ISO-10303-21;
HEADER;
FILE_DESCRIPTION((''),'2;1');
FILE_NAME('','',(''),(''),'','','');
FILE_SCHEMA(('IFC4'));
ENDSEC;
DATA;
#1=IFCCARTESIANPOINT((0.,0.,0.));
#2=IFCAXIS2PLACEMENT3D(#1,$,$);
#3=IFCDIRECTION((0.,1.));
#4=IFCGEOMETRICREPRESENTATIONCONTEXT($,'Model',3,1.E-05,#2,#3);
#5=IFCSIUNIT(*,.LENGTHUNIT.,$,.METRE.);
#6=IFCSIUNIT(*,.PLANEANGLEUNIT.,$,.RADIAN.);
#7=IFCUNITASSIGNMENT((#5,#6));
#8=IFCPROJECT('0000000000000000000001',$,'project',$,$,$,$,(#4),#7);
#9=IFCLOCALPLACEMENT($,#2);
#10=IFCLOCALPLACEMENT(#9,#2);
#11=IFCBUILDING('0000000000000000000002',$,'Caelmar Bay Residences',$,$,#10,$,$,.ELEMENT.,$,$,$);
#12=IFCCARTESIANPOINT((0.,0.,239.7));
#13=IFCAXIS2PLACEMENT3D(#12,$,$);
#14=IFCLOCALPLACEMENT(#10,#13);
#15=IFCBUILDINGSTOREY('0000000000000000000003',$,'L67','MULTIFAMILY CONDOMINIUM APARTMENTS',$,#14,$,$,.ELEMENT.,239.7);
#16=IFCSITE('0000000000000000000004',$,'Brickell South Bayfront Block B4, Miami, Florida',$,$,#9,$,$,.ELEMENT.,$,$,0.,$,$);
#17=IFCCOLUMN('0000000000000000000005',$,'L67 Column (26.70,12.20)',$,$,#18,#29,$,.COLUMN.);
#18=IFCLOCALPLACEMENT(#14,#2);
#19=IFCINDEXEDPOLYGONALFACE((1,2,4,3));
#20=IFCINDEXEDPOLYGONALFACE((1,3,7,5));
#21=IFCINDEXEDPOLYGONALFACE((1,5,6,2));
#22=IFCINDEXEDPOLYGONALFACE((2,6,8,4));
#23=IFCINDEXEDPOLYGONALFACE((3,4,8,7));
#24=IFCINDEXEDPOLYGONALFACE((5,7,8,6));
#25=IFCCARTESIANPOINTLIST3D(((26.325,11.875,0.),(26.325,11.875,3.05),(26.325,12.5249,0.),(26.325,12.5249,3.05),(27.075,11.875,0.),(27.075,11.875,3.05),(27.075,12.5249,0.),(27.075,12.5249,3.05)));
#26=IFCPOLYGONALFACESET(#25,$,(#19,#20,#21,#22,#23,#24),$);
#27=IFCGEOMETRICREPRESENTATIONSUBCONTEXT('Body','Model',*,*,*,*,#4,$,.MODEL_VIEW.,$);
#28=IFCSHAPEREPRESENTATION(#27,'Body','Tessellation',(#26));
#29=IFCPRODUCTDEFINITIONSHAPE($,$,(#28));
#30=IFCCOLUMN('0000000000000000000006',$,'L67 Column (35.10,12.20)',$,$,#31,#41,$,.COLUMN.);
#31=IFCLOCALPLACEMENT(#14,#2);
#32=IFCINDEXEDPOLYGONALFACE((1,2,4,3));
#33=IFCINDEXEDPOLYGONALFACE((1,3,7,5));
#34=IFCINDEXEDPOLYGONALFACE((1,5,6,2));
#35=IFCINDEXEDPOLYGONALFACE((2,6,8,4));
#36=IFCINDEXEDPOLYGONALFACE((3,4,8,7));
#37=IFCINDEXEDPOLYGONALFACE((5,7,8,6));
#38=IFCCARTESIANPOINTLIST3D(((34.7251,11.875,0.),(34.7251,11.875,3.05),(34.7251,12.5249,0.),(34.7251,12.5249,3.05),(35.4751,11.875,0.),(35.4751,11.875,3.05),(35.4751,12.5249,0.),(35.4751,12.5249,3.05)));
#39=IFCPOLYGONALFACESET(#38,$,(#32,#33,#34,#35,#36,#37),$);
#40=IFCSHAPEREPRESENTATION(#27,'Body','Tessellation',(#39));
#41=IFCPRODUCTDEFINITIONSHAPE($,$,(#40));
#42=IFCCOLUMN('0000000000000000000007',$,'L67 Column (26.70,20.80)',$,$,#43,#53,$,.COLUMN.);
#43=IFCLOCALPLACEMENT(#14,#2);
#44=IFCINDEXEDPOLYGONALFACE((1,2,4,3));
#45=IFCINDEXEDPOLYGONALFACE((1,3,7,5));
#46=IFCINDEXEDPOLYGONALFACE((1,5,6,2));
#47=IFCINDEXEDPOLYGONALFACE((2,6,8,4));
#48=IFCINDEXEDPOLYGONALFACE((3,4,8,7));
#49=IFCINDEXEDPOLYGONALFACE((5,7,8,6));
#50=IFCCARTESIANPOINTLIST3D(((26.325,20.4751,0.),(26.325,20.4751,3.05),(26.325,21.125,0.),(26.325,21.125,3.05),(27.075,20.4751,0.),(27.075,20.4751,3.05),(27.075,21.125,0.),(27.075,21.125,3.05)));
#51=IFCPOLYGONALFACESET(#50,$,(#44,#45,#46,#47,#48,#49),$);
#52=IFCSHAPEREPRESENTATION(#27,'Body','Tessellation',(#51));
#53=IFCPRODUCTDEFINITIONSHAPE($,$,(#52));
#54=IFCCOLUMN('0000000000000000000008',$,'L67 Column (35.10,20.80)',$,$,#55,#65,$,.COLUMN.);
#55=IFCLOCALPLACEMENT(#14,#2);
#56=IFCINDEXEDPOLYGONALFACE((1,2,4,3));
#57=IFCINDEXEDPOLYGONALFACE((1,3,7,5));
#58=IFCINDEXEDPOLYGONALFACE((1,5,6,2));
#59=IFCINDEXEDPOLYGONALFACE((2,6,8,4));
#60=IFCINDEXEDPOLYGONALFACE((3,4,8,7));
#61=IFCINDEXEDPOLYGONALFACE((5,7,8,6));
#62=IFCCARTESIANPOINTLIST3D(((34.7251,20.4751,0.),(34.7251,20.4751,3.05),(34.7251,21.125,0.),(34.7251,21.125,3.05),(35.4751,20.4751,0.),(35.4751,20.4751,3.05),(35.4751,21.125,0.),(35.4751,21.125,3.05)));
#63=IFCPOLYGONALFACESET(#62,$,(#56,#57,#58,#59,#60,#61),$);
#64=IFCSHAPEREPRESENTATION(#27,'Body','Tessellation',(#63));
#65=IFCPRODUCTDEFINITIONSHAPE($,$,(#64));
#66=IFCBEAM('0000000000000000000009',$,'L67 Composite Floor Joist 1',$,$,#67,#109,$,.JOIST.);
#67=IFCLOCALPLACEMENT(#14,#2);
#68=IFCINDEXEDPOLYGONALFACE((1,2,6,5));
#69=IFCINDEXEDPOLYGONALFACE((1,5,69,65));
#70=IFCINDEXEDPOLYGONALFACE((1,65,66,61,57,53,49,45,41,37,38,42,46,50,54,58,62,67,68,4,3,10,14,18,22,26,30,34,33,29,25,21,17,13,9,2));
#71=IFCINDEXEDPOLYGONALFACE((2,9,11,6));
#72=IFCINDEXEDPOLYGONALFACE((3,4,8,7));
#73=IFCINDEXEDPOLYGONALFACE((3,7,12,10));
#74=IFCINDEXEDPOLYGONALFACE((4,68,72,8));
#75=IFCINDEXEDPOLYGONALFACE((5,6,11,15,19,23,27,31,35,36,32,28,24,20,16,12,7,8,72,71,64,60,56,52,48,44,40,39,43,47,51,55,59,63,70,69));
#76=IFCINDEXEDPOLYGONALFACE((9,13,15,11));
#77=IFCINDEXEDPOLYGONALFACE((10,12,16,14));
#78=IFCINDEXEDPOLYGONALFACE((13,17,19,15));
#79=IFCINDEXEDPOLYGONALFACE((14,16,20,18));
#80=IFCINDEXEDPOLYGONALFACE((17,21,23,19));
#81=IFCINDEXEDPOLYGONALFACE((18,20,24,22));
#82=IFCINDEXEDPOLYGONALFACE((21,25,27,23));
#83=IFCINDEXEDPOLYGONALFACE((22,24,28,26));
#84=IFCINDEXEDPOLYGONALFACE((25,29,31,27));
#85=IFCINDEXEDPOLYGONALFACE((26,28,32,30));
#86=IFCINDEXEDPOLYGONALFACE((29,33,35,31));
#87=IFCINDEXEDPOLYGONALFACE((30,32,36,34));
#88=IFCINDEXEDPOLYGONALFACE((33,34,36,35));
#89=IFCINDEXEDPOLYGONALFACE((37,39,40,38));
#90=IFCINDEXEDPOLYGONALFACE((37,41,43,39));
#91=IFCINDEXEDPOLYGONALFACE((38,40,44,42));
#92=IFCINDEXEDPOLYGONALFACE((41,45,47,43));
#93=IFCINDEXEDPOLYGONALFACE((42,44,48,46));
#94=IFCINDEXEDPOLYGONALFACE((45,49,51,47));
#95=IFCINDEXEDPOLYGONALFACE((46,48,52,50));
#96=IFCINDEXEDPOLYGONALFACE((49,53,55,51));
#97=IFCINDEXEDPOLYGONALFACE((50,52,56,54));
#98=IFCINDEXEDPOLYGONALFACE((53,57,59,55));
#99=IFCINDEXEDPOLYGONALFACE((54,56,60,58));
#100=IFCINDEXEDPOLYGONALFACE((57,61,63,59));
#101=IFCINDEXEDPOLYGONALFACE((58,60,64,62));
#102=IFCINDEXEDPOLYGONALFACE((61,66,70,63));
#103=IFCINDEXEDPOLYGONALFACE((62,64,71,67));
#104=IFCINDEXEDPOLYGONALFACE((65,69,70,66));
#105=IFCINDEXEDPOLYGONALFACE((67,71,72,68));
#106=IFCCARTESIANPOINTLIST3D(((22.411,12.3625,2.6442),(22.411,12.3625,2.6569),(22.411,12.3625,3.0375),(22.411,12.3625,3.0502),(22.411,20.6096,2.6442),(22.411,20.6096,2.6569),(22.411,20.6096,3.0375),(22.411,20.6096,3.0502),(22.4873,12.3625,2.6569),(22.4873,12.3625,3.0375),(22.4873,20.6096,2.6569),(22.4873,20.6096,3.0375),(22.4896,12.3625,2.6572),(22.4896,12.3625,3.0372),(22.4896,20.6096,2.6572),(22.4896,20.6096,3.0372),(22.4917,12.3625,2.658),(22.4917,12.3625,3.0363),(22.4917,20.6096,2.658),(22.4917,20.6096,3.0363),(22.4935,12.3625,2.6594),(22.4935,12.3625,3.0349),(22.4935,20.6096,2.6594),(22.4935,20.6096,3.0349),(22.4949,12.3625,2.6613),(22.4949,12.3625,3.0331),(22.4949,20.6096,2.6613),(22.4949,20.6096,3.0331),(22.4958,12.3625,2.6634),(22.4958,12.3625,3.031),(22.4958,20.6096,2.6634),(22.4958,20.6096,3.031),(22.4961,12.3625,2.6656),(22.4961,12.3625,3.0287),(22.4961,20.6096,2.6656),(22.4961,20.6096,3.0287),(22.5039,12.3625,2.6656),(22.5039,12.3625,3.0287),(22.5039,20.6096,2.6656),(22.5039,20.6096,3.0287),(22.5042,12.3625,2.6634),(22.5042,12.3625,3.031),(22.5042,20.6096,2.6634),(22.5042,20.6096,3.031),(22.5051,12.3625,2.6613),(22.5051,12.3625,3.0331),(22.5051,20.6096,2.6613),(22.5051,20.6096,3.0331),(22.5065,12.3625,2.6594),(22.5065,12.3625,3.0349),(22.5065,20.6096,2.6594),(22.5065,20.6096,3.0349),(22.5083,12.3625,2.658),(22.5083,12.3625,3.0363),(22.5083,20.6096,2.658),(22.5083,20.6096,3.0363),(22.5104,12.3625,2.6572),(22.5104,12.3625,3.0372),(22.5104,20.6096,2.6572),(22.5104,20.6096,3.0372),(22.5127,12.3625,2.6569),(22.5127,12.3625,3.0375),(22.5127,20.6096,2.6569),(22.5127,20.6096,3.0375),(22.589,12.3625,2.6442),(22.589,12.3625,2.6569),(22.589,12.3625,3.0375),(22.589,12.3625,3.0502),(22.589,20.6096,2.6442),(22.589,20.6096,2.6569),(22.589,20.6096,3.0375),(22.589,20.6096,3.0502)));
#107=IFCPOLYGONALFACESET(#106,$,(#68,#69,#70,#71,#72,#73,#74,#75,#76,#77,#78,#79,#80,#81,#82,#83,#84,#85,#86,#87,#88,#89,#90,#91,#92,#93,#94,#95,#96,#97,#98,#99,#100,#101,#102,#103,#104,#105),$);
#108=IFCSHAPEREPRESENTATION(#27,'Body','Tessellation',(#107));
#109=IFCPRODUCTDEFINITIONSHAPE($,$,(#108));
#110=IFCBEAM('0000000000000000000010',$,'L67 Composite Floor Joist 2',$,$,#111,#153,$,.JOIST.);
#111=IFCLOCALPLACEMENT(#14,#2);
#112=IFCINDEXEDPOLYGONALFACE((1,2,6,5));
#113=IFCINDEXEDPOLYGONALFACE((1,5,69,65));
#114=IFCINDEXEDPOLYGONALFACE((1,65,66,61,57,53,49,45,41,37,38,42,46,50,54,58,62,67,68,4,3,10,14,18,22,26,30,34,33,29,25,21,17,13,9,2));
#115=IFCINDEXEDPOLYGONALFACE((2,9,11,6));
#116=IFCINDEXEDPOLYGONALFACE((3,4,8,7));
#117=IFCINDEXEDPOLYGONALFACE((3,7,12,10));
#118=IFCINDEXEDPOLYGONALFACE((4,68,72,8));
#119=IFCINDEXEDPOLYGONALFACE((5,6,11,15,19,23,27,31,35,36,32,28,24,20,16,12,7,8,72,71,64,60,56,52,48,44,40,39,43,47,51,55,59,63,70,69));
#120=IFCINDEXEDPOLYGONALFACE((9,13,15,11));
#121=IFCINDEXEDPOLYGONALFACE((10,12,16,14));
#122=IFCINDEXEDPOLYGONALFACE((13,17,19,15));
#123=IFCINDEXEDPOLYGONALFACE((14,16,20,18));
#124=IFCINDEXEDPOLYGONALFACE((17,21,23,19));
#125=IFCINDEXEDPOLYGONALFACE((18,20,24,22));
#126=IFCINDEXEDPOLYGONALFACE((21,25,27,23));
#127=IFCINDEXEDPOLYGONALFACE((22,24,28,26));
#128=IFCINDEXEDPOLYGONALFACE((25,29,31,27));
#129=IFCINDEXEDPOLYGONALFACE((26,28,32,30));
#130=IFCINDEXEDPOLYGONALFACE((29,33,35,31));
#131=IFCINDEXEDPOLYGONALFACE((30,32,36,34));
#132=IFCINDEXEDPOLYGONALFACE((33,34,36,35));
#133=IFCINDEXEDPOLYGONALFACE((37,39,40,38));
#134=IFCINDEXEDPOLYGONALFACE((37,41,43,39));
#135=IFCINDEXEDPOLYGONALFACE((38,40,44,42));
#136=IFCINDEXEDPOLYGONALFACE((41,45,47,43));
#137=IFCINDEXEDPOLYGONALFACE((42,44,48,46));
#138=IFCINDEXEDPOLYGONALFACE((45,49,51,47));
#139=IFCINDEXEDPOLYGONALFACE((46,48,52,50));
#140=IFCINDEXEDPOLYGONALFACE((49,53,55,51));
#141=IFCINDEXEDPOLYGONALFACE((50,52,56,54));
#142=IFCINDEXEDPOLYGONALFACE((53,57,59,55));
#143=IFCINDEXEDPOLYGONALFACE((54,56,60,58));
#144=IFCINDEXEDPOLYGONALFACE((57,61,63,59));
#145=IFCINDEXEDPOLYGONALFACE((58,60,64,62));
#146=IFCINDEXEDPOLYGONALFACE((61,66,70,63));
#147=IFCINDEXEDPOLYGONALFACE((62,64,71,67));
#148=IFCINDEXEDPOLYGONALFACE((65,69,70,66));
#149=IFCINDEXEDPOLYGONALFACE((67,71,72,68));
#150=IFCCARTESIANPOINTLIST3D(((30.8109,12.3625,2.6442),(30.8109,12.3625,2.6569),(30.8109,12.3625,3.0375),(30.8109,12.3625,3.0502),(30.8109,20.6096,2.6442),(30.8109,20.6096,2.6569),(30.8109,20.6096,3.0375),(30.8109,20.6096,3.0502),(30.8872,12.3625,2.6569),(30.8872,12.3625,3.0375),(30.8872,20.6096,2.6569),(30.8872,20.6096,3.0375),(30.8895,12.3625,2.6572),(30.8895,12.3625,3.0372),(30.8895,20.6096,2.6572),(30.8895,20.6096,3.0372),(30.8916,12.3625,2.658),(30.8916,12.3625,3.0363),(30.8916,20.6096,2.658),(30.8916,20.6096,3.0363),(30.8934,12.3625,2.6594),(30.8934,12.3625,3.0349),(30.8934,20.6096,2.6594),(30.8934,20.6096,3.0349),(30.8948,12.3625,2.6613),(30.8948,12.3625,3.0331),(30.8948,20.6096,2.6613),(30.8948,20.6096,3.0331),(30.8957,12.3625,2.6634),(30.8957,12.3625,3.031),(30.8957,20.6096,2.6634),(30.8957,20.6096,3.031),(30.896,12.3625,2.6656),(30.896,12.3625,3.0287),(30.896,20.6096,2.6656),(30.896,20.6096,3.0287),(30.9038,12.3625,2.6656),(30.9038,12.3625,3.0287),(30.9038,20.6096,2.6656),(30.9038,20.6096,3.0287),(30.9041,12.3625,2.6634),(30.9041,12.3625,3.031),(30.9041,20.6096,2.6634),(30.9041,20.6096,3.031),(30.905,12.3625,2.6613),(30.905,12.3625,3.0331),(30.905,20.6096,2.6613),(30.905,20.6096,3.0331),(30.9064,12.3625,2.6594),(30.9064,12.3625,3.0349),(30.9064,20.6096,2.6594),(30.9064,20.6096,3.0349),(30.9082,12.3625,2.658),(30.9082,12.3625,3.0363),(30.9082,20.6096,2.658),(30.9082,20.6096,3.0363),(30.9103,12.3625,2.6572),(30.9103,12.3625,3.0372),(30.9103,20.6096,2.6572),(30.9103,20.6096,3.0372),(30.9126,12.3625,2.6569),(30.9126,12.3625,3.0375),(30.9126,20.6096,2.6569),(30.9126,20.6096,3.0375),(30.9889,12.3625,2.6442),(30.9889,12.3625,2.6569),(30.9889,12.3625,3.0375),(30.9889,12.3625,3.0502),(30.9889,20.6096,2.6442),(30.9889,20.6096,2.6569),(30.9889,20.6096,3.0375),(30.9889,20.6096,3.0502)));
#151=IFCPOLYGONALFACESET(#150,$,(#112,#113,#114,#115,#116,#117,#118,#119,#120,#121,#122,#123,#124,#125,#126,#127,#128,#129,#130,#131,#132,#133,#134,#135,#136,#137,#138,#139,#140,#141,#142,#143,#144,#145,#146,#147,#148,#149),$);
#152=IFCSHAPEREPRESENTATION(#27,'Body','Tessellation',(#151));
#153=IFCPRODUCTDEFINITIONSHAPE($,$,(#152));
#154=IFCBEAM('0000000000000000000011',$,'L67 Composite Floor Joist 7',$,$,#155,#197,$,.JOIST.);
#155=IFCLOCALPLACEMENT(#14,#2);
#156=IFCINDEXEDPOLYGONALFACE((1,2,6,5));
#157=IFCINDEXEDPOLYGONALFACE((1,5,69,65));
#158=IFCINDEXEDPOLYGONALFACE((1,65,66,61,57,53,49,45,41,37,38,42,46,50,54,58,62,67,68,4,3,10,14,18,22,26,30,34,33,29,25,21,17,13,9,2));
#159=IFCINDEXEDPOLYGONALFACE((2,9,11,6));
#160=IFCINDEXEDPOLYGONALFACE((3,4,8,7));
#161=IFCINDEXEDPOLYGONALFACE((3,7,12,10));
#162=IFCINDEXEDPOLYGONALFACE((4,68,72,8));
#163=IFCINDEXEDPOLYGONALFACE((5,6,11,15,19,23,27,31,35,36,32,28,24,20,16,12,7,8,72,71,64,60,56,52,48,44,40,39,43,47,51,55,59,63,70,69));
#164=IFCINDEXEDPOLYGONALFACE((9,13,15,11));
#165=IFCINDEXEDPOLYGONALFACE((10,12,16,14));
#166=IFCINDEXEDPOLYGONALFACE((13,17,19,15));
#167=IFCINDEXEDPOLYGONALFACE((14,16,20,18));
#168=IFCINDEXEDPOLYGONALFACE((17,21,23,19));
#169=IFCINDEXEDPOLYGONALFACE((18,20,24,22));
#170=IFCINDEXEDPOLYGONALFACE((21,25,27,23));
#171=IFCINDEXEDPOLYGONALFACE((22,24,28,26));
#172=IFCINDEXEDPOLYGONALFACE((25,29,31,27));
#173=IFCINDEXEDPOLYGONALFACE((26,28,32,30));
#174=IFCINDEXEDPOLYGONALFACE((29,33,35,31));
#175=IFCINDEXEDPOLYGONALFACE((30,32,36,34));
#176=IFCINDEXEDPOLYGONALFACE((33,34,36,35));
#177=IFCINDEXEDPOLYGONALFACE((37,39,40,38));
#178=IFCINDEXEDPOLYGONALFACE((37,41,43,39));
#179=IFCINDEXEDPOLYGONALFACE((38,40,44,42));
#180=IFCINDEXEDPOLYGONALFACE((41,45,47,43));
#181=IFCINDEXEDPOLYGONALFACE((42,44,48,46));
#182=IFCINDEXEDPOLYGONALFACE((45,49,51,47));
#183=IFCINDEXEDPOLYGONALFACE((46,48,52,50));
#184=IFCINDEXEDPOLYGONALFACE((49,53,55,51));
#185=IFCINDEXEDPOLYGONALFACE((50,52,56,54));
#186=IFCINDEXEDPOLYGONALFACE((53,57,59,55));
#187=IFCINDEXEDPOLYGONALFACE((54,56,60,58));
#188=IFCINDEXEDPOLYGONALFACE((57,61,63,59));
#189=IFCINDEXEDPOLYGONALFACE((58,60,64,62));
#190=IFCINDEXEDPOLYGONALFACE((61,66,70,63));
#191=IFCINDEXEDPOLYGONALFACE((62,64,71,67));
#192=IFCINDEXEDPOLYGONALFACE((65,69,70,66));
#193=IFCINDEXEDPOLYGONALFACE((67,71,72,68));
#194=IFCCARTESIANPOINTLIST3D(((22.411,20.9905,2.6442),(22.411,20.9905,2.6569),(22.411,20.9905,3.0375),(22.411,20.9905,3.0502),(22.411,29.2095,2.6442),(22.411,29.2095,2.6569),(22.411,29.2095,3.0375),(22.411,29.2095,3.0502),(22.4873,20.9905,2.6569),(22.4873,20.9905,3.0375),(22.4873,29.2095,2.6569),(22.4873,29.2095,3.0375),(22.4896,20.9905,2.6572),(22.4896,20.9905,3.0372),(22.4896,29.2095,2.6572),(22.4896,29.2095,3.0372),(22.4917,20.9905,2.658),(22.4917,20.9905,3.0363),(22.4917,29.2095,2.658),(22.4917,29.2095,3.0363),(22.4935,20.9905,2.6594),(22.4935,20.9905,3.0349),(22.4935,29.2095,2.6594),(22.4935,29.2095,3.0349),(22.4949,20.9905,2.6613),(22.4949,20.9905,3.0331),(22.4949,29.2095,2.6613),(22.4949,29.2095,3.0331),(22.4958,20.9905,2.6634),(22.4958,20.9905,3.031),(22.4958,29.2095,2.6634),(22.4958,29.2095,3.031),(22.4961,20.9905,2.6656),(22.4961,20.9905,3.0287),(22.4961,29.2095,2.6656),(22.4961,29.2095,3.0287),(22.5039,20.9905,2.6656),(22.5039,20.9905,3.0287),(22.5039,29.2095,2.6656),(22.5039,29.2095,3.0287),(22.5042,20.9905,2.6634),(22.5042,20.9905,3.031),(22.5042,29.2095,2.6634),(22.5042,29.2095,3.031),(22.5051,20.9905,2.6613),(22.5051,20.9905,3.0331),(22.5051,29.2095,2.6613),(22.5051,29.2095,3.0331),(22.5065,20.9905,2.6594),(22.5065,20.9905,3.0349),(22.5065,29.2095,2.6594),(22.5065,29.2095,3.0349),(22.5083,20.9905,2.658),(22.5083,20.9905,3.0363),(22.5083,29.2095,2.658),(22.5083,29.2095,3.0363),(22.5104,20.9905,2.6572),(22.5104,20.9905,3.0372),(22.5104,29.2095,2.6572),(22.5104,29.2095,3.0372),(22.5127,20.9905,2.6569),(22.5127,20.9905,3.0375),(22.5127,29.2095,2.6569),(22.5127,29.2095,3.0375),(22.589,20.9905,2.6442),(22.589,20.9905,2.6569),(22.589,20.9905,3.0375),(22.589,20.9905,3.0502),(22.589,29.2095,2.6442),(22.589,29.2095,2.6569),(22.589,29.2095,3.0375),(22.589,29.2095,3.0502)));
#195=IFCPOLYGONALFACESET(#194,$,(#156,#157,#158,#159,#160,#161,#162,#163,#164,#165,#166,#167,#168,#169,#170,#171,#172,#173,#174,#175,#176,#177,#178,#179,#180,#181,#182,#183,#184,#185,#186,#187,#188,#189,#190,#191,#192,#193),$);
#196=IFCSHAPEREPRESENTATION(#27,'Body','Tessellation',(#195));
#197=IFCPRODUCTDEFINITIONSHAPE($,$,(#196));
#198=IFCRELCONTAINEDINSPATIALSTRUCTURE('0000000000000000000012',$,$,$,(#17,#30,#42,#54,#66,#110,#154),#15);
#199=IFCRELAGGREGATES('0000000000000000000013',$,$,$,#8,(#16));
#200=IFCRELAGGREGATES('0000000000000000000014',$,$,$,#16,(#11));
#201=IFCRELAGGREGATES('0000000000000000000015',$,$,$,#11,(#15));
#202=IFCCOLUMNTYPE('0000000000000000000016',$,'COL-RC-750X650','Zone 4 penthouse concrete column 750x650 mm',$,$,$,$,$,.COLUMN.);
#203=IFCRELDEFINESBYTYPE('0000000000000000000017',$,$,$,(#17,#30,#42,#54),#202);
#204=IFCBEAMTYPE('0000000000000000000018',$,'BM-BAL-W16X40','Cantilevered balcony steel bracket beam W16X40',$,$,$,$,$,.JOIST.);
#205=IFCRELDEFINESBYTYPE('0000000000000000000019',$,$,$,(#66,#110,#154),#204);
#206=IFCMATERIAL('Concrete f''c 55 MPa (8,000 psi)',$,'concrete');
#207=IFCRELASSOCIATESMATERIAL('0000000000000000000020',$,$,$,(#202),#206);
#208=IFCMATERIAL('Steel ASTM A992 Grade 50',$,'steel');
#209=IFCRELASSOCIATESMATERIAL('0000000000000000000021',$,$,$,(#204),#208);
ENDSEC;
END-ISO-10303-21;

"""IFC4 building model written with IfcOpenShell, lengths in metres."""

from ifc_helpers import new_model, si_unit, direction, frame, origin, origin_2d, place, context, subcontext, project, spatial, rectangle, i_section, extrude, material, material_profile, profile_set, type_object, element, save


model = new_model("IFC4")

# Units and contexts
model_context = context("Model", 3, precision=1e-05, world=origin(), true_north=direction((0.0, 1.0)))
body_context = subcontext(model_context, "Body", "Model", "MODEL_VIEW")
ifc_project = project(units=[si_unit("LENGTHUNIT", "METRE"), si_unit("PLANEANGLEUNIT", "RADIAN")], contexts=[model_context])

# Site, building, storey
site_placement = place(None, origin())
site = spatial("IfcSite", under=ifc_project, at=site_placement, Name="Brickell South Bayfront Block B4, Miami, Florida", CompositionType="ELEMENT", RefElevation=0.0)
building_placement = place(site_placement, origin())
building = spatial("IfcBuilding", under=site, at=building_placement, Name="Caelmar Bay Residences", CompositionType="ELEMENT")
storey_placement = place(building_placement, frame((0.0, 0.0, 239.7)))
storey = spatial("IfcBuildingStorey", under=building, at=storey_placement, Name="L67", Description="MULTIFAMILY CONDOMINIUM APARTMENTS", CompositionType="ELEMENT", Elevation=239.7)

# Columns
ifc_material_1 = material(Name="Concrete f'c 55 MPa (8,000 psi)", Category="concrete")
ifc_material_profile_1 = material_profile(ifc_material_1, rectangle(XDim=0.75, YDim=0.6499, at=origin_2d()), Name="RC-COL-750X650")
ifc_profile_set_1 = profile_set([ifc_material_profile_1], Name="Concrete f'c 55 MPa (8,000 psi)")
column_type = type_object("IfcColumnType", Name="COL-RC-750X650", Description="Zone 4 penthouse concrete column 750x650 mm", PredefinedType="COLUMN", material=ifc_profile_set_1)
for number, where, z_axis, x_axis, name in (
    (1, (26.7, 12.2, 0.0), (0.0, 0.0, 1.0), (1.0, 0.0, 0.0), "L67 Column (26.70,12.20)"),
    (2, (35.1001, 12.2, 0.0), (0.0, 0.0, 1.0), (1.0, 0.0, 0.0), "L67 Column (35.10,12.20)"),
    (3, (26.7, 20.8, 0.0), (0.0, 0.0, 1.0), (1.0, 0.0, 0.0), "L67 Column (26.70,20.80)"),
    (4, (35.1001, 20.8, 0.0), (0.0, 0.0, 1.0), (1.0, 0.0, 0.0), "L67 Column (35.10,20.80)"),
):
    element("IfcColumn", number, at=place(storey_placement, frame(where, z_axis=z_axis, x_axis=x_axis)), inside=storey, type_object=column_type, Name=name, PredefinedType="COLUMN", context=body_context, shape_type="SweptSolid", body=[
        extrude(rectangle(XDim=0.75, YDim=0.6499, at=origin_2d()), origin(), (0.0, 0.0, 1.0), 3.05),
    ])

# Beams
ifc_material_2 = material(Name="Steel ASTM A992 Grade 50", Category="steel")
ifc_material_profile_2 = material_profile(ifc_material_2, i_section(OverallWidth=0.178, OverallDepth=0.406, WebThickness=0.0078, FlangeThickness=0.0127, FilletRadius=0.0088, at=origin_2d()), Name="W16X40")
ifc_profile_set_2 = profile_set([ifc_material_profile_2], Name="Steel ASTM A992 Grade 50")
beam_type_1 = type_object("IfcBeamType", Name="BM-BAL-W16X40", Description="Cantilevered balcony steel bracket beam W16X40", PredefinedType="JOIST", material=ifc_profile_set_2)
for number, where, z_axis, x_axis, name in (
    (5, (22.5, 12.3625, 2.8472), (0.0, 1.0, 0.0), (-1.0, 0.0, 0.0), "L67 Composite Floor Joist 1"),
    (6, (30.8999, 12.3625, 2.8472), (0.0, 1.0, 0.0), (-1.0, 0.0, 0.0), "L67 Composite Floor Joist 2"),
):
    element("IfcBeam", number, at=place(storey_placement, frame(where, z_axis=z_axis, x_axis=x_axis)), inside=storey, type_object=beam_type_1, Name=name, PredefinedType="JOIST", context=body_context, shape_type="SweptSolid", body=[
        extrude(i_section(OverallWidth=0.178, OverallDepth=0.406, WebThickness=0.0078, FlangeThickness=0.0127, FilletRadius=0.0088, at=origin_2d()), origin(), (0.0, 0.0, 1.0), 8.2471),
    ])
for number, where, z_axis, x_axis, name in (
    (7, (22.5, 20.9905, 2.8472), (0.0, 1.0, 0.0), (-1.0, 0.0, 0.0), "L67 Composite Floor Joist 7"),
):
    element("IfcBeam", number, at=place(storey_placement, frame(where, z_axis=z_axis, x_axis=x_axis)), inside=storey, type_object=beam_type_1, Name=name, PredefinedType="JOIST", context=body_context, shape_type="SweptSolid", body=[
        extrude(i_section(OverallWidth=0.178, OverallDepth=0.406, WebThickness=0.0078, FlangeThickness=0.0127, FilletRadius=0.0088, at=origin_2d()), origin(), (0.0, 0.0, 1.0), 8.219),
    ])

save(model, "model.ifc")
